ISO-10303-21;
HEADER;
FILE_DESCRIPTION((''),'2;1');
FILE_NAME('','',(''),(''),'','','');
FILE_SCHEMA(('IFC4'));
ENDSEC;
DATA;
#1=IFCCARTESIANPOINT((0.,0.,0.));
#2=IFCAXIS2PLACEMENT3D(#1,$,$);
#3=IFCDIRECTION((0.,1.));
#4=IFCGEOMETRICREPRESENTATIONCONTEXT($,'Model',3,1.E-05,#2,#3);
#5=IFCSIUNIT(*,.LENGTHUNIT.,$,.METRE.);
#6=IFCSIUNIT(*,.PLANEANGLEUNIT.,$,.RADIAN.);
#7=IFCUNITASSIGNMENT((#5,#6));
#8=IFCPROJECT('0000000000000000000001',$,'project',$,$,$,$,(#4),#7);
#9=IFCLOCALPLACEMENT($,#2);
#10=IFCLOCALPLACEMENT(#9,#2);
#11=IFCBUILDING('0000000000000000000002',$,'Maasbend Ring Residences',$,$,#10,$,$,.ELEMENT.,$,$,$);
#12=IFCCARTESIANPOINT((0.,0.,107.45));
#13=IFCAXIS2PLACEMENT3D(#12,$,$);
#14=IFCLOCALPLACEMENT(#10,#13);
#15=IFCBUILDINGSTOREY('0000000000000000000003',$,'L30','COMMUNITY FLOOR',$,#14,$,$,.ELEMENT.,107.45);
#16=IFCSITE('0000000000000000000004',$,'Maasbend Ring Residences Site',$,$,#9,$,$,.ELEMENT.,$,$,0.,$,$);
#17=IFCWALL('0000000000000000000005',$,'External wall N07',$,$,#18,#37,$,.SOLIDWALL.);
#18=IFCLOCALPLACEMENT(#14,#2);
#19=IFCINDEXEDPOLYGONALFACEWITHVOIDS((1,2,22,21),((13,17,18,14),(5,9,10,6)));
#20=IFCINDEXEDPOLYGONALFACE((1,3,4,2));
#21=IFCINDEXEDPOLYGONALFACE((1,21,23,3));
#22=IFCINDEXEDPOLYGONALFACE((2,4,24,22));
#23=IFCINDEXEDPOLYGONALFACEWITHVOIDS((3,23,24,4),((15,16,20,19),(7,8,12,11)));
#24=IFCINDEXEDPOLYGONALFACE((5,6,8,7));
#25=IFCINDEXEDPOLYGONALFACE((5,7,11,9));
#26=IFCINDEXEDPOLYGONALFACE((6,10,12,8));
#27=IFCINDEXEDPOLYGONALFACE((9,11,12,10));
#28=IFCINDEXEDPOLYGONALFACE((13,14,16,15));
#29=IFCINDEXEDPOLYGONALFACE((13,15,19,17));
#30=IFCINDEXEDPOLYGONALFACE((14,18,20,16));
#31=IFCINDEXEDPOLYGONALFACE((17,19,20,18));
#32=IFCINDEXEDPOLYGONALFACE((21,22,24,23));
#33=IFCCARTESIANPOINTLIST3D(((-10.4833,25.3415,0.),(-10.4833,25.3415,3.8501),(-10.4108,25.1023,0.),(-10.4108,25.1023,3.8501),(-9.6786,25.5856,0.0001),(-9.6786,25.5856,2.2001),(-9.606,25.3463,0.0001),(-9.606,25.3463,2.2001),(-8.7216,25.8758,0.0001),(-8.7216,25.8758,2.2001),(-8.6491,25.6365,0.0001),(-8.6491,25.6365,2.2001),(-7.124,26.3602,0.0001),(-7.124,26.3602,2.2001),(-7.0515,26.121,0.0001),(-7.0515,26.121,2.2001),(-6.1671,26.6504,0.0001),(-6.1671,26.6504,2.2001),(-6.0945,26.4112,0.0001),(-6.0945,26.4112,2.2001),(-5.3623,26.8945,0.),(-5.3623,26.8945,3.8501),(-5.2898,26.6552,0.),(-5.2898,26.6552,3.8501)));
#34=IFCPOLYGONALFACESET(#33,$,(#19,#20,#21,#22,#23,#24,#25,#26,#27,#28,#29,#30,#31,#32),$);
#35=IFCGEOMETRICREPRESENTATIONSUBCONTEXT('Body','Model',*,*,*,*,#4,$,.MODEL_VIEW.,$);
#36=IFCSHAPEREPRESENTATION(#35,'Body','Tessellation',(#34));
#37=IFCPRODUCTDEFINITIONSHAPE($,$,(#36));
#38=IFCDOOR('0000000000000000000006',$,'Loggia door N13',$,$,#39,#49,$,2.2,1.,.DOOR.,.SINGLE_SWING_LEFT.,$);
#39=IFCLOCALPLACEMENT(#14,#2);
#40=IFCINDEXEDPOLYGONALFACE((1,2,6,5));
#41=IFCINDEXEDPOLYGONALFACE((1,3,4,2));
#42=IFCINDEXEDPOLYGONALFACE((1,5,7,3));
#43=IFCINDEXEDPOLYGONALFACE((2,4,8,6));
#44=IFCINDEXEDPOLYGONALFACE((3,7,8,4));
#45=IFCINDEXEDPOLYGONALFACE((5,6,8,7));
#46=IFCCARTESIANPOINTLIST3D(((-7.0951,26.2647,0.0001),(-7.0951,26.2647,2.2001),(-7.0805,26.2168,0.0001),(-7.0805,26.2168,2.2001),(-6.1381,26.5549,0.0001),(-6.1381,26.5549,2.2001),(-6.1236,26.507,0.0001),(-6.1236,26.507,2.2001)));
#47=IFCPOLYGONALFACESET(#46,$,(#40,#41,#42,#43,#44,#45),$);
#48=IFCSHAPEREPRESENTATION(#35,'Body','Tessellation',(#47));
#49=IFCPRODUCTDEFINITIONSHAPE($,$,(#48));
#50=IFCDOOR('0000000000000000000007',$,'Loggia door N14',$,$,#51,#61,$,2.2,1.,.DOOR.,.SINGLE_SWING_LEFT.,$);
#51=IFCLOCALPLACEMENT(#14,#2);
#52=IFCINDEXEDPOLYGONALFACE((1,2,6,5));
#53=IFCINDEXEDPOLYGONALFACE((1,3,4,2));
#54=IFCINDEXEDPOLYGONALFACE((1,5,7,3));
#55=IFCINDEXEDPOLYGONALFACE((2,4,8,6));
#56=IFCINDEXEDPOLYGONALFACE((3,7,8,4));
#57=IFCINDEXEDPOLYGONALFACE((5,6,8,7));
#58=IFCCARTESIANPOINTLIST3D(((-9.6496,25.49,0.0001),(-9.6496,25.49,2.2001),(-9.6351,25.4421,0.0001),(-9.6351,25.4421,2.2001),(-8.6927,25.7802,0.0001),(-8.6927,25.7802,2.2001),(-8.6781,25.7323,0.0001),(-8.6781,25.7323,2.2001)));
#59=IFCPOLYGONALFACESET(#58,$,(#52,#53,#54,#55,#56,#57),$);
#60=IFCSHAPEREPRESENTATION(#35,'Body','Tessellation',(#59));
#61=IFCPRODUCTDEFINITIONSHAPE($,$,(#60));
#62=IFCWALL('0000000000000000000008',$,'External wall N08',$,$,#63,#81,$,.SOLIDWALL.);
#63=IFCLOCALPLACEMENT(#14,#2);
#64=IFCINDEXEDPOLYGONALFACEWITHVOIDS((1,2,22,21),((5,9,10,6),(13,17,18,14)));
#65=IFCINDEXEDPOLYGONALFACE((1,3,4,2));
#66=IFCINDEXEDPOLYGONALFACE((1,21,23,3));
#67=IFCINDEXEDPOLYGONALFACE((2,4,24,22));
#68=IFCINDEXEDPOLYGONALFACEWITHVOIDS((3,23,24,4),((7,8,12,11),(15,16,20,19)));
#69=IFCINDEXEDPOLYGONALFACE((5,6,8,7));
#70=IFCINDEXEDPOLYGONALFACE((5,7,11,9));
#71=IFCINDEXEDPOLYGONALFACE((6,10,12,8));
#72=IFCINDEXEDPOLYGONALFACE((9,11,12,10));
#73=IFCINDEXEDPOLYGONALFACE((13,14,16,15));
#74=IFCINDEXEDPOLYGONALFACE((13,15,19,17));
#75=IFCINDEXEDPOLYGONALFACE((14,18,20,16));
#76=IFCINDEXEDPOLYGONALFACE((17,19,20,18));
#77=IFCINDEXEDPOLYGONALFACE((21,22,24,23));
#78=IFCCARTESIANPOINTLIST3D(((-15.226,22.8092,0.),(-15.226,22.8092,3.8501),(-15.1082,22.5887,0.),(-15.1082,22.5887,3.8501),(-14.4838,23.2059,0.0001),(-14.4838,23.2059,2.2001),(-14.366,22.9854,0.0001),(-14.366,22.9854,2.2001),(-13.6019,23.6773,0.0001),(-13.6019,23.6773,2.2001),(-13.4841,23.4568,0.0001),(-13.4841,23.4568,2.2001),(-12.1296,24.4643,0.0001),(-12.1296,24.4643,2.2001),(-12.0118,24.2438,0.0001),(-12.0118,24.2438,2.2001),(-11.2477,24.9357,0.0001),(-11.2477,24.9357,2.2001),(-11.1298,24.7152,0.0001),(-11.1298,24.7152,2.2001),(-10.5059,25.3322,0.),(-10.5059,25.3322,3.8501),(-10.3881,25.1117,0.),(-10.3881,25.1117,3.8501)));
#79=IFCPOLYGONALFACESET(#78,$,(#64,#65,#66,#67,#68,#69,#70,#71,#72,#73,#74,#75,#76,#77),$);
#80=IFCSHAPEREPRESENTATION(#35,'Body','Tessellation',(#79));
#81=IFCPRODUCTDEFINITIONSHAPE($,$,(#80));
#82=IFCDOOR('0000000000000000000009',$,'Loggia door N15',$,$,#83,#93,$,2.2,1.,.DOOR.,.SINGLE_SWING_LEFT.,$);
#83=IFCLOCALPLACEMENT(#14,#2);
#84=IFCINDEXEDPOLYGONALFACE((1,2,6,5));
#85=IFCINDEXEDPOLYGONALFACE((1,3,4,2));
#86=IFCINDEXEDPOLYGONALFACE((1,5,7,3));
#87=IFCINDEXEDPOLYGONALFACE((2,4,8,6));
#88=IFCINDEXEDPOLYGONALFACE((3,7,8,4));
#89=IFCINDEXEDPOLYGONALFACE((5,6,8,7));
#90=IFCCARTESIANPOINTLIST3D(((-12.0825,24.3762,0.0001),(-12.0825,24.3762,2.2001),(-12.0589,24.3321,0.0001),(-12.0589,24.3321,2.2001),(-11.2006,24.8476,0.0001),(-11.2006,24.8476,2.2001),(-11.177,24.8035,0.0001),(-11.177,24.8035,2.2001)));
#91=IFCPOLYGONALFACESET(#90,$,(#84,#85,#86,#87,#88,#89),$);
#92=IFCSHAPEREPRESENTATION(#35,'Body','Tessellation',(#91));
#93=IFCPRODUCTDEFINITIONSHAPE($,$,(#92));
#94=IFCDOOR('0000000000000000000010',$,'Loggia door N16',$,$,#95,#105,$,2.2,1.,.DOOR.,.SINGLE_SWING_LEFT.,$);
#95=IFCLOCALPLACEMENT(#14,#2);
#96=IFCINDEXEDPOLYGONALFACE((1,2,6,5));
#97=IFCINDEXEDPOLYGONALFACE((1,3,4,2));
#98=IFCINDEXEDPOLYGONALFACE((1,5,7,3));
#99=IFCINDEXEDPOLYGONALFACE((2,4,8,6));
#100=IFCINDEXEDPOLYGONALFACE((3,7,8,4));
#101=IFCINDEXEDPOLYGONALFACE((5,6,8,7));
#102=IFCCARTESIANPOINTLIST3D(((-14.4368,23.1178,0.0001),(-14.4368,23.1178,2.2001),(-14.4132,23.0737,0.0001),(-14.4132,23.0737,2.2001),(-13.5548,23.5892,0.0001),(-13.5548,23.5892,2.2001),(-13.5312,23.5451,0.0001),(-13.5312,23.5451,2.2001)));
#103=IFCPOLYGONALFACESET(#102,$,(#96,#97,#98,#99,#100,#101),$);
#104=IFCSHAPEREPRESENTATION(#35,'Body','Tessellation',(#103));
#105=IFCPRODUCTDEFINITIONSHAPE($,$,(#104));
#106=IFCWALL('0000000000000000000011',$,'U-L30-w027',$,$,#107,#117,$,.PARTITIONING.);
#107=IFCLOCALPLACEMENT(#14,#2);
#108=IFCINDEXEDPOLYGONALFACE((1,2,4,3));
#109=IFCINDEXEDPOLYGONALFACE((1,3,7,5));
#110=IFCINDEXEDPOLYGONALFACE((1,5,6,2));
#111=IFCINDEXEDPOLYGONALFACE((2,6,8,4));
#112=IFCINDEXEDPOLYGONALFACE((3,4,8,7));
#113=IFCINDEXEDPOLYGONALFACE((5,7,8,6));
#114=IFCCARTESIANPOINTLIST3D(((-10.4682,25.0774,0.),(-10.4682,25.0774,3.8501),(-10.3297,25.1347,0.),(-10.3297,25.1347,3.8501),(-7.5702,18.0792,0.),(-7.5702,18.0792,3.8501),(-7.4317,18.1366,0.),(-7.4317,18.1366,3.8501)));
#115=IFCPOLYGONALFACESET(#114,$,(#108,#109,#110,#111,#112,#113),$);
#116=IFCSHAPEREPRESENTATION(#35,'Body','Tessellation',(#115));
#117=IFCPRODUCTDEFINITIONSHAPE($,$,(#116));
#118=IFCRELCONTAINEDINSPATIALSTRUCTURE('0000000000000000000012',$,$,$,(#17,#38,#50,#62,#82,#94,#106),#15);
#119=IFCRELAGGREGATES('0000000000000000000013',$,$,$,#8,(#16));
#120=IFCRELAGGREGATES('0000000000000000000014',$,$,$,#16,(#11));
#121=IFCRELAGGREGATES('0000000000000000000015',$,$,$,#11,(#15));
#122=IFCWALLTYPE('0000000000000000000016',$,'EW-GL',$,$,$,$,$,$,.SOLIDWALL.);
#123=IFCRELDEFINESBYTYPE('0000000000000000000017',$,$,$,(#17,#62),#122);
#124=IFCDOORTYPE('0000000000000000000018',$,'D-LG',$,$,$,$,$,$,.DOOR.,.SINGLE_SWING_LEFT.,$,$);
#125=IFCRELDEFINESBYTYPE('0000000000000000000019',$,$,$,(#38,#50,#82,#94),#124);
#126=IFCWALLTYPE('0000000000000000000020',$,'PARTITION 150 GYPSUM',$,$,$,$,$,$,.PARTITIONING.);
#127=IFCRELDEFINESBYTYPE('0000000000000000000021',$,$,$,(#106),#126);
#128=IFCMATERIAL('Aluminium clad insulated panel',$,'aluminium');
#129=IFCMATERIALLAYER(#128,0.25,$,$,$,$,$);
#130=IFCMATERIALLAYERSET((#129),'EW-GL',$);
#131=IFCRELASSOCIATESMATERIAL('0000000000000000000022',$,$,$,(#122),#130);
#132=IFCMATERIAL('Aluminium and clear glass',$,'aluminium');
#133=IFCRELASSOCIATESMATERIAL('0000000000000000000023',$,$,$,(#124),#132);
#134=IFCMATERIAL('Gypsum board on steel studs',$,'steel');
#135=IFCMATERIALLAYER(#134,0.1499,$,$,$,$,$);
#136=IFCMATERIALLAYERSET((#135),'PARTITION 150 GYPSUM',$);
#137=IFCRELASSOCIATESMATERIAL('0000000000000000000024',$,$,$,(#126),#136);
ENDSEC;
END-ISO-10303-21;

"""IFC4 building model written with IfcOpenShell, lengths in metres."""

from ifc_helpers import new_model, si_unit, direction, frame, frame_2d, origin, place, context, subcontext, project, spatial, rectangle, extrude, material, layer, layer_set, type_object, element, fill, save


model = new_model("IFC4")

# Units and contexts
model_context = context("Model", 3, precision=1e-05, world=origin(), true_north=direction((0.0, 1.0)))
body_context = subcontext(model_context, "Body", "Model", "MODEL_VIEW")
ifc_project = project(units=[si_unit("LENGTHUNIT", "METRE"), si_unit("PLANEANGLEUNIT", "RADIAN")], contexts=[model_context])

# Site, building, storey
site_placement = place(None, origin())
site = spatial("IfcSite", under=ifc_project, at=site_placement, Name="Maasbend Ring Residences Site", CompositionType="ELEMENT", RefElevation=0.0)
building_placement = place(site_placement, origin())
building = spatial("IfcBuilding", under=site, at=building_placement, Name="Maasbend Ring Residences", CompositionType="ELEMENT")
storey_placement = place(building_placement, frame((0.0, 0.0, 107.45)))
storey = spatial("IfcBuildingStorey", under=building, at=storey_placement, Name="L30", Description="COMMUNITY FLOOR", CompositionType="ELEMENT", Elevation=107.45)

# Walls, openings, doors
ifc_material_1 = material(Name="Aluminium clad insulated panel", Category="aluminium")
ifc_layer_1 = layer(ifc_material_1, 0.25)
ifc_layer_set_1 = layer_set([ifc_layer_1], Name="EW-GL")
wall_type_1 = type_object("IfcWallType", Name="EW-GL", PredefinedType="SOLIDWALL", material=ifc_layer_set_1)
wall_1_placement = place(storey_placement, frame((-5.3259, 26.7749, 0.0), z_axis=(0.0, 0.0, 1.0), x_axis=(-0.956966, -0.290201, 0.0)))
wall_1 = element("IfcWall", 1, at=wall_1_placement, inside=storey, type_object=wall_type_1, Name="External wall N07", PredefinedType="SOLIDWALL", context=body_context, shape_type="SweptSolid", body=[
    extrude(rectangle(XDim=5.3513, YDim=0.25, at=frame_2d((2.6758, 0.0))), origin(), (0.0, 0.0, 1.0), 3.8501),
])
opening_1_placement = place(wall_1_placement, frame((0.8411, 0.0, 0.0)))
opening_1 = element("IfcOpeningElement", 2, at=opening_1_placement, cuts=wall_1, PredefinedType="OPENING", context=body_context, shape_type="SweptSolid", body=[
    extrude(rectangle(XDim=1.0, YDim=2.2, at=frame_2d((0.5, 1.1001))), frame((0.0, 0.135, 0.0), z_axis=(0.0, -1.0, 0.0), x_axis=(1.0, 0.0, 0.0)), (0.0, 0.0, 1.0), 0.27),
])
opening_2_placement = place(wall_1_placement, frame((3.5105, 0.0, 0.0)))
opening_2 = element("IfcOpeningElement", 3, at=opening_2_placement, cuts=wall_1, PredefinedType="OPENING", context=body_context, shape_type="SweptSolid", body=[
    extrude(rectangle(XDim=1.0, YDim=2.2, at=frame_2d((0.5, 1.1001))), frame((0.0, 0.135, 0.0), z_axis=(0.0, -1.0, 0.0), x_axis=(1.0, 0.0, 0.0)), (0.0, 0.0, 1.0), 0.27),
])
ifc_material_2 = material(Name="Aluminium and clear glass", Category="aluminium")
door_type_1 = type_object("IfcDoorType", Name="D-LG", OperationType="SINGLE_SWING_LEFT", PredefinedType="DOOR", material=ifc_material_2)
door_1_placement = place(opening_1_placement, origin())
door_1 = element("IfcDoor", 4, at=door_1_placement, inside=storey, type_object=door_type_1, Name="Loggia door N13", OperationType="SINGLE_SWING_LEFT", OverallHeight=2.2, OverallWidth=1.0, PredefinedType="DOOR", context=body_context, shape_type="SweptSolid", body=[
    extrude(rectangle(XDim=1.0, YDim=2.2, at=frame_2d((0.5, 1.1001))), frame((0.0, 0.0249, 0.0), z_axis=(0.0, -1.0, 0.0), x_axis=(1.0, 0.0, 0.0)), (0.0, 0.0, 1.0), 0.05),
])
fill(opening_1, door_1)
door_2_placement = place(opening_2_placement, origin())
door_2 = element("IfcDoor", 5, at=door_2_placement, inside=storey, type_object=door_type_1, Name="Loggia door N14", OperationType="SINGLE_SWING_LEFT", OverallHeight=2.2, OverallWidth=1.0, PredefinedType="DOOR", context=body_context, shape_type="SweptSolid", body=[
    extrude(rectangle(XDim=1.0, YDim=2.2, at=frame_2d((0.5, 1.1001))), frame((0.0, 0.0249, 0.0), z_axis=(0.0, -1.0, 0.0), x_axis=(1.0, 0.0, 0.0)), (0.0, 0.0, 1.0), 0.05),
])
fill(opening_2, door_2)
wall_2_placement = place(storey_placement, frame((-10.447, 25.2219, 0.0), z_axis=(0.0, 0.0, 1.0), x_axis=(-0.881916, -0.471407, 0.0)))
wall_2 = element("IfcWall", 6, at=wall_2_placement, inside=storey, type_object=wall_type_1, Name="External wall N08", PredefinedType="SOLIDWALL", context=body_context, shape_type="SweptSolid", body=[
    extrude(rectangle(XDim=5.3521, YDim=0.25, at=frame_2d((2.676, 0.0))), origin(), (0.0, 0.0, 1.0), 3.8501),
])
opening_3_placement = place(wall_2_placement, frame((0.8411, 0.0, 0.0)))
opening_3 = element("IfcOpeningElement", 7, at=opening_3_placement, cuts=wall_2, PredefinedType="OPENING", context=body_context, shape_type="SweptSolid", body=[
    extrude(rectangle(XDim=1.0, YDim=2.2, at=frame_2d((0.5, 1.1001))), frame((0.0, 0.135, 0.0), z_axis=(0.0, -1.0, 0.0), x_axis=(1.0, 0.0, 0.0)), (0.0, 0.0, 1.0), 0.27),
])
opening_4_placement = place(wall_2_placement, frame((3.5105, 0.0, 0.0)))
opening_4 = element("IfcOpeningElement", 8, at=opening_4_placement, cuts=wall_2, PredefinedType="OPENING", context=body_context, shape_type="SweptSolid", body=[
    extrude(rectangle(XDim=1.0, YDim=2.2, at=frame_2d((0.5, 1.1001))), frame((0.0, 0.135, 0.0), z_axis=(0.0, -1.0, 0.0), x_axis=(1.0, 0.0, 0.0)), (0.0, 0.0, 1.0), 0.27),
])
door_3_placement = place(opening_3_placement, origin())
door_3 = element("IfcDoor", 9, at=door_3_placement, inside=storey, type_object=door_type_1, Name="Loggia door N15", OperationType="SINGLE_SWING_LEFT", OverallHeight=2.2, OverallWidth=1.0, PredefinedType="DOOR", context=body_context, shape_type="SweptSolid", body=[
    extrude(rectangle(XDim=1.0, YDim=2.2, at=frame_2d((0.5, 1.1001))), frame((0.0, 0.0249, 0.0), z_axis=(0.0, -1.0, 0.0), x_axis=(1.0, 0.0, 0.0)), (0.0, 0.0, 1.0), 0.05),
])
fill(opening_3, door_3)
door_4_placement = place(opening_4_placement, origin())
door_4 = element("IfcDoor", 10, at=door_4_placement, inside=storey, type_object=door_type_1, Name="Loggia door N16", OperationType="SINGLE_SWING_LEFT", OverallHeight=2.2, OverallWidth=1.0, PredefinedType="DOOR", context=body_context, shape_type="SweptSolid", body=[
    extrude(rectangle(XDim=1.0, YDim=2.2, at=frame_2d((0.5, 1.1001))), frame((0.0, 0.0249, 0.0), z_axis=(0.0, -1.0, 0.0), x_axis=(1.0, 0.0, 0.0)), (0.0, 0.0, 1.0), 0.05),
])
fill(opening_4, door_4)

# Wall
ifc_material_3 = material(Name="Gypsum board on steel studs", Category="steel")
ifc_layer_2 = layer(ifc_material_3, 0.1499)
ifc_layer_set_2 = layer_set([ifc_layer_2], Name="PARTITION 150 GYPSUM")
wall_type_2 = type_object("IfcWallType", Name="PARTITION 150 GYPSUM", PredefinedType="PARTITIONING", material=ifc_layer_set_2)
wall_3_placement = place(storey_placement, frame((-10.3989, 25.106, 0.0), z_axis=(0.0, 0.0, 1.0), x_axis=(0.3826, -0.923914, 0.0)))
element("IfcWall", 11, at=wall_3_placement, inside=storey, type_object=wall_type_2, Name="U-L30-w027", PredefinedType="PARTITIONING", context=body_context, shape_type="SweptSolid", body=[
    extrude(rectangle(XDim=7.5745, YDim=0.1499, at=frame_2d((3.7871, 0.0))), origin(), (0.0, 0.0, 1.0), 3.8501),
])

save(model, "model.ifc")
